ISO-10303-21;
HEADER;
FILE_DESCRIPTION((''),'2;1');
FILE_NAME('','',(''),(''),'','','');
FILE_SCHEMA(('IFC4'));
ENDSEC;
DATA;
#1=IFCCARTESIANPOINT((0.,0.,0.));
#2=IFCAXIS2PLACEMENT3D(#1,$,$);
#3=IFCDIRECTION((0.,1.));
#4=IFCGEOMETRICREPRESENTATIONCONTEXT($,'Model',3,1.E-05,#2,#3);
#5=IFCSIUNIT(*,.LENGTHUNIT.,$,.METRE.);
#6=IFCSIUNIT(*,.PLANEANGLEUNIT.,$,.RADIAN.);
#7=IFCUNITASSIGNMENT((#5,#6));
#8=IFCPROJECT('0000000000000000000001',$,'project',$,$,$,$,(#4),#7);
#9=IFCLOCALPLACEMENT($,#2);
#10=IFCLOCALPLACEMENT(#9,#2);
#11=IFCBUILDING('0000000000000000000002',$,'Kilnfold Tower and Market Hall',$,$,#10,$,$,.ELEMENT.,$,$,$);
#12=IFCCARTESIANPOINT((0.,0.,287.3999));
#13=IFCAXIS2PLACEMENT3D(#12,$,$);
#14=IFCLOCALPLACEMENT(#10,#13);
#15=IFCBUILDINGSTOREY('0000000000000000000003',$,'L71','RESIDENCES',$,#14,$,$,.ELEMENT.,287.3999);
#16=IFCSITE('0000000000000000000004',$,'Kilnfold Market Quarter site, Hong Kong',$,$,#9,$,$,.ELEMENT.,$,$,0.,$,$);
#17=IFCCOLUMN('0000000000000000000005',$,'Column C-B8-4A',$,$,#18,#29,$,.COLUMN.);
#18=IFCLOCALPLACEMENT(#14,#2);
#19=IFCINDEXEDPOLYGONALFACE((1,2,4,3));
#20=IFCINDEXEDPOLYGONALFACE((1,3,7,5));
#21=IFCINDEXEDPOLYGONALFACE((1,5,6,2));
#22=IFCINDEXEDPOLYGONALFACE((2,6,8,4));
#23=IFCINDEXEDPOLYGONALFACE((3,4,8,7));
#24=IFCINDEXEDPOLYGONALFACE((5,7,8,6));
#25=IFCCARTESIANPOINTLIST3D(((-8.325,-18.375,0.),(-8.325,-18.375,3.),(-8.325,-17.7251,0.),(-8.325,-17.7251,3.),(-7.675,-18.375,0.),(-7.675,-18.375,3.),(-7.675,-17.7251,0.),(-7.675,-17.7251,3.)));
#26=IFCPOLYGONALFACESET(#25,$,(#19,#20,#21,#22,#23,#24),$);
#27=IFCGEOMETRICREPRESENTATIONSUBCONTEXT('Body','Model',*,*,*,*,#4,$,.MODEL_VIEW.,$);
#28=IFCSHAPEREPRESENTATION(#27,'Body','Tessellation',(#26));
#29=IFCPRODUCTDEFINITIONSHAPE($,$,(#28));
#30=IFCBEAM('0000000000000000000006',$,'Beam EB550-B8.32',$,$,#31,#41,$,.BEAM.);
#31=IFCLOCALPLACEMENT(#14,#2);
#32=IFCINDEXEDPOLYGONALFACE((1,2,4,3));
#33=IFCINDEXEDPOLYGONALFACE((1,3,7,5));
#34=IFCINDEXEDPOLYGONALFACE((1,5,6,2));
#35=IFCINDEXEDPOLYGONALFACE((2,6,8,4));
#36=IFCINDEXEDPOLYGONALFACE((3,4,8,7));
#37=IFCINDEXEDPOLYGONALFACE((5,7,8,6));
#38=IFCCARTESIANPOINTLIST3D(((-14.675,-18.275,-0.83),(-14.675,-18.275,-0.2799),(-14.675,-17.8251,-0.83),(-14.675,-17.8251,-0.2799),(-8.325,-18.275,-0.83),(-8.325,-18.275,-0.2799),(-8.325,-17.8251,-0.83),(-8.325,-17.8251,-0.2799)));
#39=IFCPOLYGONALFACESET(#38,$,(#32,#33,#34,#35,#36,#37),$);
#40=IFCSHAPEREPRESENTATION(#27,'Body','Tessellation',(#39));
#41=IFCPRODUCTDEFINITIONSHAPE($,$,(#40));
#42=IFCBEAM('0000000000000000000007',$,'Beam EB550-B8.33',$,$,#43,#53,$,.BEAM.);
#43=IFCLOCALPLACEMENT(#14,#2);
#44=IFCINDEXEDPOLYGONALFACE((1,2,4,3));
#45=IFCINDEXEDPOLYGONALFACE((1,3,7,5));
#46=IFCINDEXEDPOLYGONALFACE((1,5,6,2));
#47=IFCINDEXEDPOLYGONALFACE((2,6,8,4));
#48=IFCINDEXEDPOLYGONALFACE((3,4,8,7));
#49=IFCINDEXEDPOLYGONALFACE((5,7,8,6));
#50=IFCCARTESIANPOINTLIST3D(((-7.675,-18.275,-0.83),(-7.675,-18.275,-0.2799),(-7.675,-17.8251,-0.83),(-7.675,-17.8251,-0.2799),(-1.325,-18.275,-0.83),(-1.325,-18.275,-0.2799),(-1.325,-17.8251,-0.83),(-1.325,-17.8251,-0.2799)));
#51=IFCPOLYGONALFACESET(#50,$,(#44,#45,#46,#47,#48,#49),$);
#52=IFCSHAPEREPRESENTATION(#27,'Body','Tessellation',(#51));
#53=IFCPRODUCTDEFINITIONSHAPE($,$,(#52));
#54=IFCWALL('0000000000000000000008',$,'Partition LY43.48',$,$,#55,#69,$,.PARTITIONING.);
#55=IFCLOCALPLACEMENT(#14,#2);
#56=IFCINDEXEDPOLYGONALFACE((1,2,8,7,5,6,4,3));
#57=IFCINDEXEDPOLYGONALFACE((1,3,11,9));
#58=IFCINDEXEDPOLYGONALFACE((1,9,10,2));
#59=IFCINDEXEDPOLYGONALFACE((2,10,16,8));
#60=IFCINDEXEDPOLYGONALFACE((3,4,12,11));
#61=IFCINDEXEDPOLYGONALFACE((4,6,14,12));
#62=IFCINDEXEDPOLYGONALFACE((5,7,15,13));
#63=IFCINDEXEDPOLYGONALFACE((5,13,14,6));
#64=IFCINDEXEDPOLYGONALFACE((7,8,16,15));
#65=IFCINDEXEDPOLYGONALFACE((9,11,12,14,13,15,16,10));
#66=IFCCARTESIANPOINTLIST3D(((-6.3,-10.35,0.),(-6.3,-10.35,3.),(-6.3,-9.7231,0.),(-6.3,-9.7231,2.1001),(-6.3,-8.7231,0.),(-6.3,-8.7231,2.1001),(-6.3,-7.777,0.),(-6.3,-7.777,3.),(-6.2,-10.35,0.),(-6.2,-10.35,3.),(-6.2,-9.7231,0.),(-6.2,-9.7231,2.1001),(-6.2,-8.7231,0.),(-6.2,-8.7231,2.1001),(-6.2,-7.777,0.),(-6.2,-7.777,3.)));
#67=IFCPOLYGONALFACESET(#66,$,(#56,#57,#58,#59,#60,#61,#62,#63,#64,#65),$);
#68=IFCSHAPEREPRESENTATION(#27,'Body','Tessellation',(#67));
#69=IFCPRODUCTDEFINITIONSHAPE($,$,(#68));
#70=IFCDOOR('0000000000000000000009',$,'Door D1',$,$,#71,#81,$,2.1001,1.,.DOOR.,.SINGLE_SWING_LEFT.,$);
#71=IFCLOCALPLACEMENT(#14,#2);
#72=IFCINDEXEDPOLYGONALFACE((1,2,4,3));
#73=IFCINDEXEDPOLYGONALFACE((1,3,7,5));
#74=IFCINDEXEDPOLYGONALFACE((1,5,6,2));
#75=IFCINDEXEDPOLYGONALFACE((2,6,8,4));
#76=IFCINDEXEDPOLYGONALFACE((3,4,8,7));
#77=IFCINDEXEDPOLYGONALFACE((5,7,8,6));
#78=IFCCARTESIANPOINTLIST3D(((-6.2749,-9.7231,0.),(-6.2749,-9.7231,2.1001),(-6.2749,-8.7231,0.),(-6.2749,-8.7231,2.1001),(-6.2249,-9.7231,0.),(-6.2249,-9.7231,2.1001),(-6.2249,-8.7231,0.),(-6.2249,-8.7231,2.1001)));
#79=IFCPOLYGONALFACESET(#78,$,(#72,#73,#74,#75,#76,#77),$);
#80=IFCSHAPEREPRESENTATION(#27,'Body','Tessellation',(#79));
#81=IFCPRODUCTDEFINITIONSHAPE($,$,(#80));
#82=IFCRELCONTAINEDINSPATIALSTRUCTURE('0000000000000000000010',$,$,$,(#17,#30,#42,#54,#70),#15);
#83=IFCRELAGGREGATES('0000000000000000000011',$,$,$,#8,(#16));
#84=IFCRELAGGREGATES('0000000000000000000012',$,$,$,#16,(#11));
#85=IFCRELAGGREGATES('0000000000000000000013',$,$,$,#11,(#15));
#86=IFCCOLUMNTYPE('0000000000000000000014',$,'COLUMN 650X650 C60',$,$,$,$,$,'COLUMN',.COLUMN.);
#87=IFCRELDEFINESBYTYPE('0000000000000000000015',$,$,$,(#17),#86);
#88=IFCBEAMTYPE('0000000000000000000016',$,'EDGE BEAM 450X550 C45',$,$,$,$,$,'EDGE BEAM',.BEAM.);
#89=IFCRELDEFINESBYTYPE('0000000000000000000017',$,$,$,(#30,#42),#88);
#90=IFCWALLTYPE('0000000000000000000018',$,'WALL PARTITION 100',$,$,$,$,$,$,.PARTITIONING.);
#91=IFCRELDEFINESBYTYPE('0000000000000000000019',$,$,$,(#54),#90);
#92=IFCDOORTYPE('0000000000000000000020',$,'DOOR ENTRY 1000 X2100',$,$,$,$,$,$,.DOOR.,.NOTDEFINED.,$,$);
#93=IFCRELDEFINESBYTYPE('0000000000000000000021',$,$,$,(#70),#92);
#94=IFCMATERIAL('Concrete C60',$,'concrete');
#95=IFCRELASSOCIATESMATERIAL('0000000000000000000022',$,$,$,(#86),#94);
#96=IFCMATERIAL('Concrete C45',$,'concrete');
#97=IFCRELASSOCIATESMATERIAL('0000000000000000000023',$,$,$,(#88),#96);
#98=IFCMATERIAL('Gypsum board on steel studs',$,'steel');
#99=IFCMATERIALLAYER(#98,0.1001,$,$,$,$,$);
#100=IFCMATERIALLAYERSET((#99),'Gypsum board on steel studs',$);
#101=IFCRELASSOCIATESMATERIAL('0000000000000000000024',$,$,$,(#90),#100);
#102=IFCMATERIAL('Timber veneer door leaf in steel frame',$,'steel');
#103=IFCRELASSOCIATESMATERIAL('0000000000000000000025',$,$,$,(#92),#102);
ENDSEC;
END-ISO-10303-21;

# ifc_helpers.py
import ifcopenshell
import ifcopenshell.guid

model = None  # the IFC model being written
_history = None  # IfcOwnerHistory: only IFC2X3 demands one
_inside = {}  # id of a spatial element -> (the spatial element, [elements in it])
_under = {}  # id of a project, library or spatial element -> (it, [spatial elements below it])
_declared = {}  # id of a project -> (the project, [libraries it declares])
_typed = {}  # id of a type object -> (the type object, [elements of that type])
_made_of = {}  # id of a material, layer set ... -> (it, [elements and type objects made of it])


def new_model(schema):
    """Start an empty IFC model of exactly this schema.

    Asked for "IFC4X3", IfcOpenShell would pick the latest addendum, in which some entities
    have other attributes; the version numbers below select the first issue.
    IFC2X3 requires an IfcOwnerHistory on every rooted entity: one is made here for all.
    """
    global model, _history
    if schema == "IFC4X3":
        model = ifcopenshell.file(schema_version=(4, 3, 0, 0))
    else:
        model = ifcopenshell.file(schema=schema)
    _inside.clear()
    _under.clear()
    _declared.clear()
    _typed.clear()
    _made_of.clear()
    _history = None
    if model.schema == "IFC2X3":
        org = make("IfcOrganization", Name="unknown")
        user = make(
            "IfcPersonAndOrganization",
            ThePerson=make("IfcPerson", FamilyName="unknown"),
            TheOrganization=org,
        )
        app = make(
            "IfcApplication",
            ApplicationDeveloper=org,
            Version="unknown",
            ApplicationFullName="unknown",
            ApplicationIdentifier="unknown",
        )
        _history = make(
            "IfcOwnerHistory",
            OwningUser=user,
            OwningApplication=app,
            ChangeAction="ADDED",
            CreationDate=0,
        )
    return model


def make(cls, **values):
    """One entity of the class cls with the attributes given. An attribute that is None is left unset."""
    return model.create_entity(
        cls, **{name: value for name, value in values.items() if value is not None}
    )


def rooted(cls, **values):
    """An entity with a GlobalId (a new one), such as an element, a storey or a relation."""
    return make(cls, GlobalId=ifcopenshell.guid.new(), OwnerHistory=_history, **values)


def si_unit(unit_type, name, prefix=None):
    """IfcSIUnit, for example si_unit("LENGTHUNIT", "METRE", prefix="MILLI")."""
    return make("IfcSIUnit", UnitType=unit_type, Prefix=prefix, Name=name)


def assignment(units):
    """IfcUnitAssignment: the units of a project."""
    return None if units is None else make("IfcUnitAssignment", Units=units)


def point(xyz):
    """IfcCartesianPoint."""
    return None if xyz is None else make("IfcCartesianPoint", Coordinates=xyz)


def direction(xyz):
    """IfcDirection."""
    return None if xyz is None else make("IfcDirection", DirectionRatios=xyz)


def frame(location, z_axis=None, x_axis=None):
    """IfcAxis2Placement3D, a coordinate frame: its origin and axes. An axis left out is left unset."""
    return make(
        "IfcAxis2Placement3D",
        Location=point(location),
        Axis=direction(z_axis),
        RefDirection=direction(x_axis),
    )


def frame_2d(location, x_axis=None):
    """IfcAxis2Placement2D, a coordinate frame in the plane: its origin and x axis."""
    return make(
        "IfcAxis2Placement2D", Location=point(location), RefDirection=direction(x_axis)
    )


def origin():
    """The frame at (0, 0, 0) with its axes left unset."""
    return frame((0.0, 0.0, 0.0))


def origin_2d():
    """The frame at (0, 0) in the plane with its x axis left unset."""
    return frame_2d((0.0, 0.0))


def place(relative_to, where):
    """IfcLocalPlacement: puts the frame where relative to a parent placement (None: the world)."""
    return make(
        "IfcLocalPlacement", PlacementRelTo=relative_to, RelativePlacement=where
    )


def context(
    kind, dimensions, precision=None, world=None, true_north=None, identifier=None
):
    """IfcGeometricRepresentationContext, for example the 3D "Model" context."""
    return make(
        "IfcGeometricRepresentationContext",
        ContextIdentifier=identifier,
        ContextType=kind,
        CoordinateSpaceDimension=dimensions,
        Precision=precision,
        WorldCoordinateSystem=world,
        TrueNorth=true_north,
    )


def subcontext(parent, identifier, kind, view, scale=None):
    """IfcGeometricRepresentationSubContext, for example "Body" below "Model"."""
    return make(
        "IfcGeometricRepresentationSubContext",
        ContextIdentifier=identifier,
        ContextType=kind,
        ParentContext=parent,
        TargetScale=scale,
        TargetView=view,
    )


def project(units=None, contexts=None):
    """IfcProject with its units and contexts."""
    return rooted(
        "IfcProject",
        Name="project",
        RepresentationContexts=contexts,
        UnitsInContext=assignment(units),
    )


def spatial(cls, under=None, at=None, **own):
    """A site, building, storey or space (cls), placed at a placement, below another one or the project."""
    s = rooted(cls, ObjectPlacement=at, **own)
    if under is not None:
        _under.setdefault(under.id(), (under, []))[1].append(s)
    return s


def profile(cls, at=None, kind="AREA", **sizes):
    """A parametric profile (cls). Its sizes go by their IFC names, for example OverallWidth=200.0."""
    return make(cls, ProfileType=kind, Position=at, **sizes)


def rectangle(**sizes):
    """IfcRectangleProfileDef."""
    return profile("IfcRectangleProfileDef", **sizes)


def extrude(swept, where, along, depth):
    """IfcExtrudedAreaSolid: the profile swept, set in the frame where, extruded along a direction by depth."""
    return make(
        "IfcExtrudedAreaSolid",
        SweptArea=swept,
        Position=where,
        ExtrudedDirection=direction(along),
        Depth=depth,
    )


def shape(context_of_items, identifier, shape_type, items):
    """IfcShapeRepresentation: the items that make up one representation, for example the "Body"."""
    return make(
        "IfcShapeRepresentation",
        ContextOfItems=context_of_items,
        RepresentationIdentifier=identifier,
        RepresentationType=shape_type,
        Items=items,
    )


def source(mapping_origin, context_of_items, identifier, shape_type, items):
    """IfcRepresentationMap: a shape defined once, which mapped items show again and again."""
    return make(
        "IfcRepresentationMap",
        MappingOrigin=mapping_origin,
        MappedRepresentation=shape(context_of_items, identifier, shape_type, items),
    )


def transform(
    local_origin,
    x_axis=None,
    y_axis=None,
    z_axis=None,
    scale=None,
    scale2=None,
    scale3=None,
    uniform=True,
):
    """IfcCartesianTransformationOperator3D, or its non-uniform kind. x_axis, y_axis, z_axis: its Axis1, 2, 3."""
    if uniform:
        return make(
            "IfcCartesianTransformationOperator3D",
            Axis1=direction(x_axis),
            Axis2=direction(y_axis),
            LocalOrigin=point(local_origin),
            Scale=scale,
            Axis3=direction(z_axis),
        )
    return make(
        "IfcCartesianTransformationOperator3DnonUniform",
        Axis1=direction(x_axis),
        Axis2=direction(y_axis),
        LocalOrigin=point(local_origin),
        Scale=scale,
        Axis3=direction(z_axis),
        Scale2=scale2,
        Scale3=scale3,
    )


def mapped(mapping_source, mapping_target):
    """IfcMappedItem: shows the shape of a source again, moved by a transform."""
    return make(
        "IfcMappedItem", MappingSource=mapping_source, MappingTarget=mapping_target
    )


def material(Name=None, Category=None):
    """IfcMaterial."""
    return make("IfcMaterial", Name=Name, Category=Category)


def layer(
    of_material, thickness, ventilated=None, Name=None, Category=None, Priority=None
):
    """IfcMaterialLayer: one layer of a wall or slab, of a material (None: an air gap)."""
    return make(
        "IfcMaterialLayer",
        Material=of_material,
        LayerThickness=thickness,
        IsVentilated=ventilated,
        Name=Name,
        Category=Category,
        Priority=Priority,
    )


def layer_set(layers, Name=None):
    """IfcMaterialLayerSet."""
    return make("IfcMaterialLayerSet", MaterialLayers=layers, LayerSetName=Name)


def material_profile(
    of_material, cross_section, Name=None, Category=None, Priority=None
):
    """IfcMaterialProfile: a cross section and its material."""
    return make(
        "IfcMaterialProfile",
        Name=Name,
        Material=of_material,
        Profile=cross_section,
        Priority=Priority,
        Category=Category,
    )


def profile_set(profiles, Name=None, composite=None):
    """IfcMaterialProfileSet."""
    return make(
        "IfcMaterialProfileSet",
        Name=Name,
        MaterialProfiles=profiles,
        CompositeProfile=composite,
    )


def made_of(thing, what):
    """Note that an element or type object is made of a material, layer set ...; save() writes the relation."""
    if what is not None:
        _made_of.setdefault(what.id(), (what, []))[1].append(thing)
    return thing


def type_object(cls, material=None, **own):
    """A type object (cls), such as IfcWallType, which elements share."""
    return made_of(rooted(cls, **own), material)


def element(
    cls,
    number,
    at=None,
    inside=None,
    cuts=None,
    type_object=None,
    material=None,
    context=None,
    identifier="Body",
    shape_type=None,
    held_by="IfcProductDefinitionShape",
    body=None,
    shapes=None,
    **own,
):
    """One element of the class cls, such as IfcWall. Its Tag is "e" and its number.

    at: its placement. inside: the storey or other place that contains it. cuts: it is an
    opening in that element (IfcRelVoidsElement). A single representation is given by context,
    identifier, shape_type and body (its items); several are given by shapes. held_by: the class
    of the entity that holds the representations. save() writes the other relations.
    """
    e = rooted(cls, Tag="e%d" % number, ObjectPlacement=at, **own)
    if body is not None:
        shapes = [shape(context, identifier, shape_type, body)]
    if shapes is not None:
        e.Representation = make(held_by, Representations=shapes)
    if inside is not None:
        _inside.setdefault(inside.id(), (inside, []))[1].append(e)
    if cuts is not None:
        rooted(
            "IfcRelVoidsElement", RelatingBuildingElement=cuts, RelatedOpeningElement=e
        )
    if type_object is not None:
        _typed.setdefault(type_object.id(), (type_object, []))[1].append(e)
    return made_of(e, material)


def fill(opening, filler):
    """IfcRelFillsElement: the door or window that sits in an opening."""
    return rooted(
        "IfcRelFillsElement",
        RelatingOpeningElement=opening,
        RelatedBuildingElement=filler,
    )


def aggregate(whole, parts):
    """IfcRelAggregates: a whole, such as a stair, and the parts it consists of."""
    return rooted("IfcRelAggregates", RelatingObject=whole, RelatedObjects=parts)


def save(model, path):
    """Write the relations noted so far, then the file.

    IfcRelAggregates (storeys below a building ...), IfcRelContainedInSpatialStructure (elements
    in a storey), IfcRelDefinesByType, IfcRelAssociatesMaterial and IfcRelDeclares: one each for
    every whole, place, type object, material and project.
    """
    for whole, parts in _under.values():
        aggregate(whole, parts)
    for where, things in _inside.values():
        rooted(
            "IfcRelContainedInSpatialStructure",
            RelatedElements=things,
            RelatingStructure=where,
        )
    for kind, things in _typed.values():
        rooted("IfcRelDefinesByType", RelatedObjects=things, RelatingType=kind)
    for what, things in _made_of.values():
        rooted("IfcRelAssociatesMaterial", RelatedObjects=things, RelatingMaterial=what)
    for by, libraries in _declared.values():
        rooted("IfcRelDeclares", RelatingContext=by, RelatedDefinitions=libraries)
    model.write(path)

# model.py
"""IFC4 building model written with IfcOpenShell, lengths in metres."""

from ifc_helpers import new_model, si_unit, direction, frame, frame_2d, origin, origin_2d, place, context, subcontext, project, spatial, rectangle, extrude, source, transform, mapped, material, layer, layer_set, material_profile, profile_set, type_object, element, fill, save


model = new_model("IFC4")

# Units and contexts
model_context = context("Model", 3, precision=1e-05, world=origin(), true_north=direction((0.0, 1.0)))
body_context = subcontext(model_context, "Body", "Model", "MODEL_VIEW")
ifc_project = project(units=[si_unit("LENGTHUNIT", "METRE"), si_unit("PLANEANGLEUNIT", "RADIAN")], contexts=[model_context])

# Site, building, storey
site_placement = place(None, origin())
site = spatial("IfcSite", under=ifc_project, at=site_placement, Name="Kilnfold Market Quarter site, Hong Kong", CompositionType="ELEMENT", RefElevation=0.0)
building_placement = place(site_placement, origin())
building = spatial("IfcBuilding", under=site, at=building_placement, Name="Kilnfold Tower and Market Hall", CompositionType="ELEMENT")
storey_placement = place(building_placement, frame((0.0, 0.0, 287.3999)))
storey = spatial("IfcBuildingStorey", under=building, at=storey_placement, Name="L71", Description="RESIDENCES", CompositionType="ELEMENT", Elevation=287.3999)

# Column
ifc_material_1 = material(Name="Concrete C60", Category="concrete")
ifc_material_profile_1 = material_profile(ifc_material_1, rectangle(XDim=0.6499, YDim=0.6499, at=origin_2d()), Name="RC 650x650")
ifc_profile_set_1 = profile_set([ifc_material_profile_1], Name="Concrete C60")
column_type = type_object("IfcColumnType", Name="COLUMN 650X650 C60", ElementType="COLUMN", PredefinedType="COLUMN", material=ifc_profile_set_1)
shared_shape_1 = source(origin(), body_context, "Body", "SweptSolid", [
    extrude(rectangle(XDim=0.6499, YDim=0.6499, at=origin_2d()), origin(), (0.0, 0.0, 1.0), 3.0),
])
column_placement = place(storey_placement, frame((-8.0, -18.05, 0.0), z_axis=(0.0, 0.0, 1.0), x_axis=(1.0, 0.0, 0.0)))
element("IfcColumn", 1, at=column_placement, inside=storey, type_object=column_type, Name="Column C-B8-4A", PredefinedType="COLUMN", context=body_context, shape_type="MappedRepresentation", body=[
    mapped(shared_shape_1, transform((0.0, 0.0, 0.0))),
])

# Beams
ifc_material_2 = material(Name="Concrete C45", Category="concrete")
ifc_material_profile_2 = material_profile(ifc_material_2, rectangle(XDim=0.45, YDim=0.55, at=origin_2d()), Name="RC 450x550")
ifc_profile_set_2 = profile_set([ifc_material_profile_2], Name="Concrete C45")
beam_type = type_object("IfcBeamType", Name="EDGE BEAM 450X550 C45", ElementType="EDGE BEAM", PredefinedType="BEAM", material=ifc_profile_set_2)
shared_shape_2 = source(origin(), body_context, "Body", "SweptSolid", [
    extrude(rectangle(XDim=0.45, YDim=0.55, at=origin_2d()), origin(), (0.0, 0.0, 1.0), 6.3501),
])
for number, where, z_axis, x_axis, name in (
    (2, (-14.675, -18.05, -0.5549), (1.0, 0.0, 0.0), (0.0, 1.0, 0.0), "Beam EB550-B8.32"),
    (3, (-7.675, -18.05, -0.5549), (1.0, 0.0, 0.0), (0.0, 1.0, 0.0), "Beam EB550-B8.33"),
):
    element("IfcBeam", number, at=place(storey_placement, frame(where, z_axis=z_axis, x_axis=x_axis)), inside=storey, type_object=beam_type, Name=name, PredefinedType="BEAM", context=body_context, shape_type="MappedRepresentation", body=[
        mapped(shared_shape_2, transform((0.0, 0.0, 0.0))),
    ])

# Wall, opening, door
ifc_material_3 = material(Name="Gypsum board on steel studs", Category="steel")
ifc_layer_1 = layer(ifc_material_3, 0.1001)
ifc_layer_set_1 = layer_set([ifc_layer_1], Name="Gypsum board on steel studs")
wall_type_1 = type_object("IfcWallType", Name="WALL PARTITION 100", PredefinedType="PARTITIONING", material=ifc_layer_set_1)
wall_1_placement = place(storey_placement, frame((-6.25, -10.3501, 0.0), z_axis=(0.0, 0.0, 1.0), x_axis=(0.0, 1.0, 0.0)))
wall_1 = element("IfcWall", 4, at=wall_1_placement, inside=storey, type_object=wall_type_1, Name="Partition LY43.48", PredefinedType="PARTITIONING", context=body_context, shape_type="SweptSolid", body=[
    extrude(rectangle(XDim=2.573, YDim=0.1001, at=frame_2d((1.2866, 0.0))), origin(), (0.0, 0.0, 1.0), 3.0),
])
opening_1_placement = place(wall_1_placement, frame((0.627, 0.0, 0.0)))
opening_1 = element("IfcOpeningElement", 5, at=opening_1_placement, cuts=wall_1, PredefinedType="OPENING", context=body_context, shape_type="SweptSolid", body=[
    extrude(rectangle(XDim=1.0, YDim=2.1001, at=frame_2d((0.5, 1.05))), frame((0.0, 0.0601, 0.0), z_axis=(0.0, -1.0, 0.0), x_axis=(1.0, 0.0, 0.0)), (0.0, 0.0, 1.0), 0.1201),
])
ifc_material_4 = material(Name="Timber veneer door leaf in steel frame", Category="steel")
door_type_1 = type_object("IfcDoorType", Name="DOOR ENTRY 1000 X2100", OperationType="NOTDEFINED", PredefinedType="DOOR", material=ifc_material_4)
door_1_placement = place(opening_1_placement, origin())
door_1 = element("IfcDoor", 6, at=door_1_placement, inside=storey, type_object=door_type_1, Name="Door D1", OperationType="SINGLE_SWING_LEFT", OverallHeight=2.1001, OverallWidth=1.0, PredefinedType="DOOR", context=body_context, shape_type="SweptSolid", body=[
    extrude(rectangle(XDim=1.0, YDim=2.1001, at=frame_2d((0.5, 1.05))), frame((0.0, 0.0249, 0.0), z_axis=(0.0, -1.0, 0.0), x_axis=(1.0, 0.0, 0.0)), (0.0, 0.0, 1.0), 0.05),
])
fill(opening_1, door_1)

save(model, "model.ifc")
